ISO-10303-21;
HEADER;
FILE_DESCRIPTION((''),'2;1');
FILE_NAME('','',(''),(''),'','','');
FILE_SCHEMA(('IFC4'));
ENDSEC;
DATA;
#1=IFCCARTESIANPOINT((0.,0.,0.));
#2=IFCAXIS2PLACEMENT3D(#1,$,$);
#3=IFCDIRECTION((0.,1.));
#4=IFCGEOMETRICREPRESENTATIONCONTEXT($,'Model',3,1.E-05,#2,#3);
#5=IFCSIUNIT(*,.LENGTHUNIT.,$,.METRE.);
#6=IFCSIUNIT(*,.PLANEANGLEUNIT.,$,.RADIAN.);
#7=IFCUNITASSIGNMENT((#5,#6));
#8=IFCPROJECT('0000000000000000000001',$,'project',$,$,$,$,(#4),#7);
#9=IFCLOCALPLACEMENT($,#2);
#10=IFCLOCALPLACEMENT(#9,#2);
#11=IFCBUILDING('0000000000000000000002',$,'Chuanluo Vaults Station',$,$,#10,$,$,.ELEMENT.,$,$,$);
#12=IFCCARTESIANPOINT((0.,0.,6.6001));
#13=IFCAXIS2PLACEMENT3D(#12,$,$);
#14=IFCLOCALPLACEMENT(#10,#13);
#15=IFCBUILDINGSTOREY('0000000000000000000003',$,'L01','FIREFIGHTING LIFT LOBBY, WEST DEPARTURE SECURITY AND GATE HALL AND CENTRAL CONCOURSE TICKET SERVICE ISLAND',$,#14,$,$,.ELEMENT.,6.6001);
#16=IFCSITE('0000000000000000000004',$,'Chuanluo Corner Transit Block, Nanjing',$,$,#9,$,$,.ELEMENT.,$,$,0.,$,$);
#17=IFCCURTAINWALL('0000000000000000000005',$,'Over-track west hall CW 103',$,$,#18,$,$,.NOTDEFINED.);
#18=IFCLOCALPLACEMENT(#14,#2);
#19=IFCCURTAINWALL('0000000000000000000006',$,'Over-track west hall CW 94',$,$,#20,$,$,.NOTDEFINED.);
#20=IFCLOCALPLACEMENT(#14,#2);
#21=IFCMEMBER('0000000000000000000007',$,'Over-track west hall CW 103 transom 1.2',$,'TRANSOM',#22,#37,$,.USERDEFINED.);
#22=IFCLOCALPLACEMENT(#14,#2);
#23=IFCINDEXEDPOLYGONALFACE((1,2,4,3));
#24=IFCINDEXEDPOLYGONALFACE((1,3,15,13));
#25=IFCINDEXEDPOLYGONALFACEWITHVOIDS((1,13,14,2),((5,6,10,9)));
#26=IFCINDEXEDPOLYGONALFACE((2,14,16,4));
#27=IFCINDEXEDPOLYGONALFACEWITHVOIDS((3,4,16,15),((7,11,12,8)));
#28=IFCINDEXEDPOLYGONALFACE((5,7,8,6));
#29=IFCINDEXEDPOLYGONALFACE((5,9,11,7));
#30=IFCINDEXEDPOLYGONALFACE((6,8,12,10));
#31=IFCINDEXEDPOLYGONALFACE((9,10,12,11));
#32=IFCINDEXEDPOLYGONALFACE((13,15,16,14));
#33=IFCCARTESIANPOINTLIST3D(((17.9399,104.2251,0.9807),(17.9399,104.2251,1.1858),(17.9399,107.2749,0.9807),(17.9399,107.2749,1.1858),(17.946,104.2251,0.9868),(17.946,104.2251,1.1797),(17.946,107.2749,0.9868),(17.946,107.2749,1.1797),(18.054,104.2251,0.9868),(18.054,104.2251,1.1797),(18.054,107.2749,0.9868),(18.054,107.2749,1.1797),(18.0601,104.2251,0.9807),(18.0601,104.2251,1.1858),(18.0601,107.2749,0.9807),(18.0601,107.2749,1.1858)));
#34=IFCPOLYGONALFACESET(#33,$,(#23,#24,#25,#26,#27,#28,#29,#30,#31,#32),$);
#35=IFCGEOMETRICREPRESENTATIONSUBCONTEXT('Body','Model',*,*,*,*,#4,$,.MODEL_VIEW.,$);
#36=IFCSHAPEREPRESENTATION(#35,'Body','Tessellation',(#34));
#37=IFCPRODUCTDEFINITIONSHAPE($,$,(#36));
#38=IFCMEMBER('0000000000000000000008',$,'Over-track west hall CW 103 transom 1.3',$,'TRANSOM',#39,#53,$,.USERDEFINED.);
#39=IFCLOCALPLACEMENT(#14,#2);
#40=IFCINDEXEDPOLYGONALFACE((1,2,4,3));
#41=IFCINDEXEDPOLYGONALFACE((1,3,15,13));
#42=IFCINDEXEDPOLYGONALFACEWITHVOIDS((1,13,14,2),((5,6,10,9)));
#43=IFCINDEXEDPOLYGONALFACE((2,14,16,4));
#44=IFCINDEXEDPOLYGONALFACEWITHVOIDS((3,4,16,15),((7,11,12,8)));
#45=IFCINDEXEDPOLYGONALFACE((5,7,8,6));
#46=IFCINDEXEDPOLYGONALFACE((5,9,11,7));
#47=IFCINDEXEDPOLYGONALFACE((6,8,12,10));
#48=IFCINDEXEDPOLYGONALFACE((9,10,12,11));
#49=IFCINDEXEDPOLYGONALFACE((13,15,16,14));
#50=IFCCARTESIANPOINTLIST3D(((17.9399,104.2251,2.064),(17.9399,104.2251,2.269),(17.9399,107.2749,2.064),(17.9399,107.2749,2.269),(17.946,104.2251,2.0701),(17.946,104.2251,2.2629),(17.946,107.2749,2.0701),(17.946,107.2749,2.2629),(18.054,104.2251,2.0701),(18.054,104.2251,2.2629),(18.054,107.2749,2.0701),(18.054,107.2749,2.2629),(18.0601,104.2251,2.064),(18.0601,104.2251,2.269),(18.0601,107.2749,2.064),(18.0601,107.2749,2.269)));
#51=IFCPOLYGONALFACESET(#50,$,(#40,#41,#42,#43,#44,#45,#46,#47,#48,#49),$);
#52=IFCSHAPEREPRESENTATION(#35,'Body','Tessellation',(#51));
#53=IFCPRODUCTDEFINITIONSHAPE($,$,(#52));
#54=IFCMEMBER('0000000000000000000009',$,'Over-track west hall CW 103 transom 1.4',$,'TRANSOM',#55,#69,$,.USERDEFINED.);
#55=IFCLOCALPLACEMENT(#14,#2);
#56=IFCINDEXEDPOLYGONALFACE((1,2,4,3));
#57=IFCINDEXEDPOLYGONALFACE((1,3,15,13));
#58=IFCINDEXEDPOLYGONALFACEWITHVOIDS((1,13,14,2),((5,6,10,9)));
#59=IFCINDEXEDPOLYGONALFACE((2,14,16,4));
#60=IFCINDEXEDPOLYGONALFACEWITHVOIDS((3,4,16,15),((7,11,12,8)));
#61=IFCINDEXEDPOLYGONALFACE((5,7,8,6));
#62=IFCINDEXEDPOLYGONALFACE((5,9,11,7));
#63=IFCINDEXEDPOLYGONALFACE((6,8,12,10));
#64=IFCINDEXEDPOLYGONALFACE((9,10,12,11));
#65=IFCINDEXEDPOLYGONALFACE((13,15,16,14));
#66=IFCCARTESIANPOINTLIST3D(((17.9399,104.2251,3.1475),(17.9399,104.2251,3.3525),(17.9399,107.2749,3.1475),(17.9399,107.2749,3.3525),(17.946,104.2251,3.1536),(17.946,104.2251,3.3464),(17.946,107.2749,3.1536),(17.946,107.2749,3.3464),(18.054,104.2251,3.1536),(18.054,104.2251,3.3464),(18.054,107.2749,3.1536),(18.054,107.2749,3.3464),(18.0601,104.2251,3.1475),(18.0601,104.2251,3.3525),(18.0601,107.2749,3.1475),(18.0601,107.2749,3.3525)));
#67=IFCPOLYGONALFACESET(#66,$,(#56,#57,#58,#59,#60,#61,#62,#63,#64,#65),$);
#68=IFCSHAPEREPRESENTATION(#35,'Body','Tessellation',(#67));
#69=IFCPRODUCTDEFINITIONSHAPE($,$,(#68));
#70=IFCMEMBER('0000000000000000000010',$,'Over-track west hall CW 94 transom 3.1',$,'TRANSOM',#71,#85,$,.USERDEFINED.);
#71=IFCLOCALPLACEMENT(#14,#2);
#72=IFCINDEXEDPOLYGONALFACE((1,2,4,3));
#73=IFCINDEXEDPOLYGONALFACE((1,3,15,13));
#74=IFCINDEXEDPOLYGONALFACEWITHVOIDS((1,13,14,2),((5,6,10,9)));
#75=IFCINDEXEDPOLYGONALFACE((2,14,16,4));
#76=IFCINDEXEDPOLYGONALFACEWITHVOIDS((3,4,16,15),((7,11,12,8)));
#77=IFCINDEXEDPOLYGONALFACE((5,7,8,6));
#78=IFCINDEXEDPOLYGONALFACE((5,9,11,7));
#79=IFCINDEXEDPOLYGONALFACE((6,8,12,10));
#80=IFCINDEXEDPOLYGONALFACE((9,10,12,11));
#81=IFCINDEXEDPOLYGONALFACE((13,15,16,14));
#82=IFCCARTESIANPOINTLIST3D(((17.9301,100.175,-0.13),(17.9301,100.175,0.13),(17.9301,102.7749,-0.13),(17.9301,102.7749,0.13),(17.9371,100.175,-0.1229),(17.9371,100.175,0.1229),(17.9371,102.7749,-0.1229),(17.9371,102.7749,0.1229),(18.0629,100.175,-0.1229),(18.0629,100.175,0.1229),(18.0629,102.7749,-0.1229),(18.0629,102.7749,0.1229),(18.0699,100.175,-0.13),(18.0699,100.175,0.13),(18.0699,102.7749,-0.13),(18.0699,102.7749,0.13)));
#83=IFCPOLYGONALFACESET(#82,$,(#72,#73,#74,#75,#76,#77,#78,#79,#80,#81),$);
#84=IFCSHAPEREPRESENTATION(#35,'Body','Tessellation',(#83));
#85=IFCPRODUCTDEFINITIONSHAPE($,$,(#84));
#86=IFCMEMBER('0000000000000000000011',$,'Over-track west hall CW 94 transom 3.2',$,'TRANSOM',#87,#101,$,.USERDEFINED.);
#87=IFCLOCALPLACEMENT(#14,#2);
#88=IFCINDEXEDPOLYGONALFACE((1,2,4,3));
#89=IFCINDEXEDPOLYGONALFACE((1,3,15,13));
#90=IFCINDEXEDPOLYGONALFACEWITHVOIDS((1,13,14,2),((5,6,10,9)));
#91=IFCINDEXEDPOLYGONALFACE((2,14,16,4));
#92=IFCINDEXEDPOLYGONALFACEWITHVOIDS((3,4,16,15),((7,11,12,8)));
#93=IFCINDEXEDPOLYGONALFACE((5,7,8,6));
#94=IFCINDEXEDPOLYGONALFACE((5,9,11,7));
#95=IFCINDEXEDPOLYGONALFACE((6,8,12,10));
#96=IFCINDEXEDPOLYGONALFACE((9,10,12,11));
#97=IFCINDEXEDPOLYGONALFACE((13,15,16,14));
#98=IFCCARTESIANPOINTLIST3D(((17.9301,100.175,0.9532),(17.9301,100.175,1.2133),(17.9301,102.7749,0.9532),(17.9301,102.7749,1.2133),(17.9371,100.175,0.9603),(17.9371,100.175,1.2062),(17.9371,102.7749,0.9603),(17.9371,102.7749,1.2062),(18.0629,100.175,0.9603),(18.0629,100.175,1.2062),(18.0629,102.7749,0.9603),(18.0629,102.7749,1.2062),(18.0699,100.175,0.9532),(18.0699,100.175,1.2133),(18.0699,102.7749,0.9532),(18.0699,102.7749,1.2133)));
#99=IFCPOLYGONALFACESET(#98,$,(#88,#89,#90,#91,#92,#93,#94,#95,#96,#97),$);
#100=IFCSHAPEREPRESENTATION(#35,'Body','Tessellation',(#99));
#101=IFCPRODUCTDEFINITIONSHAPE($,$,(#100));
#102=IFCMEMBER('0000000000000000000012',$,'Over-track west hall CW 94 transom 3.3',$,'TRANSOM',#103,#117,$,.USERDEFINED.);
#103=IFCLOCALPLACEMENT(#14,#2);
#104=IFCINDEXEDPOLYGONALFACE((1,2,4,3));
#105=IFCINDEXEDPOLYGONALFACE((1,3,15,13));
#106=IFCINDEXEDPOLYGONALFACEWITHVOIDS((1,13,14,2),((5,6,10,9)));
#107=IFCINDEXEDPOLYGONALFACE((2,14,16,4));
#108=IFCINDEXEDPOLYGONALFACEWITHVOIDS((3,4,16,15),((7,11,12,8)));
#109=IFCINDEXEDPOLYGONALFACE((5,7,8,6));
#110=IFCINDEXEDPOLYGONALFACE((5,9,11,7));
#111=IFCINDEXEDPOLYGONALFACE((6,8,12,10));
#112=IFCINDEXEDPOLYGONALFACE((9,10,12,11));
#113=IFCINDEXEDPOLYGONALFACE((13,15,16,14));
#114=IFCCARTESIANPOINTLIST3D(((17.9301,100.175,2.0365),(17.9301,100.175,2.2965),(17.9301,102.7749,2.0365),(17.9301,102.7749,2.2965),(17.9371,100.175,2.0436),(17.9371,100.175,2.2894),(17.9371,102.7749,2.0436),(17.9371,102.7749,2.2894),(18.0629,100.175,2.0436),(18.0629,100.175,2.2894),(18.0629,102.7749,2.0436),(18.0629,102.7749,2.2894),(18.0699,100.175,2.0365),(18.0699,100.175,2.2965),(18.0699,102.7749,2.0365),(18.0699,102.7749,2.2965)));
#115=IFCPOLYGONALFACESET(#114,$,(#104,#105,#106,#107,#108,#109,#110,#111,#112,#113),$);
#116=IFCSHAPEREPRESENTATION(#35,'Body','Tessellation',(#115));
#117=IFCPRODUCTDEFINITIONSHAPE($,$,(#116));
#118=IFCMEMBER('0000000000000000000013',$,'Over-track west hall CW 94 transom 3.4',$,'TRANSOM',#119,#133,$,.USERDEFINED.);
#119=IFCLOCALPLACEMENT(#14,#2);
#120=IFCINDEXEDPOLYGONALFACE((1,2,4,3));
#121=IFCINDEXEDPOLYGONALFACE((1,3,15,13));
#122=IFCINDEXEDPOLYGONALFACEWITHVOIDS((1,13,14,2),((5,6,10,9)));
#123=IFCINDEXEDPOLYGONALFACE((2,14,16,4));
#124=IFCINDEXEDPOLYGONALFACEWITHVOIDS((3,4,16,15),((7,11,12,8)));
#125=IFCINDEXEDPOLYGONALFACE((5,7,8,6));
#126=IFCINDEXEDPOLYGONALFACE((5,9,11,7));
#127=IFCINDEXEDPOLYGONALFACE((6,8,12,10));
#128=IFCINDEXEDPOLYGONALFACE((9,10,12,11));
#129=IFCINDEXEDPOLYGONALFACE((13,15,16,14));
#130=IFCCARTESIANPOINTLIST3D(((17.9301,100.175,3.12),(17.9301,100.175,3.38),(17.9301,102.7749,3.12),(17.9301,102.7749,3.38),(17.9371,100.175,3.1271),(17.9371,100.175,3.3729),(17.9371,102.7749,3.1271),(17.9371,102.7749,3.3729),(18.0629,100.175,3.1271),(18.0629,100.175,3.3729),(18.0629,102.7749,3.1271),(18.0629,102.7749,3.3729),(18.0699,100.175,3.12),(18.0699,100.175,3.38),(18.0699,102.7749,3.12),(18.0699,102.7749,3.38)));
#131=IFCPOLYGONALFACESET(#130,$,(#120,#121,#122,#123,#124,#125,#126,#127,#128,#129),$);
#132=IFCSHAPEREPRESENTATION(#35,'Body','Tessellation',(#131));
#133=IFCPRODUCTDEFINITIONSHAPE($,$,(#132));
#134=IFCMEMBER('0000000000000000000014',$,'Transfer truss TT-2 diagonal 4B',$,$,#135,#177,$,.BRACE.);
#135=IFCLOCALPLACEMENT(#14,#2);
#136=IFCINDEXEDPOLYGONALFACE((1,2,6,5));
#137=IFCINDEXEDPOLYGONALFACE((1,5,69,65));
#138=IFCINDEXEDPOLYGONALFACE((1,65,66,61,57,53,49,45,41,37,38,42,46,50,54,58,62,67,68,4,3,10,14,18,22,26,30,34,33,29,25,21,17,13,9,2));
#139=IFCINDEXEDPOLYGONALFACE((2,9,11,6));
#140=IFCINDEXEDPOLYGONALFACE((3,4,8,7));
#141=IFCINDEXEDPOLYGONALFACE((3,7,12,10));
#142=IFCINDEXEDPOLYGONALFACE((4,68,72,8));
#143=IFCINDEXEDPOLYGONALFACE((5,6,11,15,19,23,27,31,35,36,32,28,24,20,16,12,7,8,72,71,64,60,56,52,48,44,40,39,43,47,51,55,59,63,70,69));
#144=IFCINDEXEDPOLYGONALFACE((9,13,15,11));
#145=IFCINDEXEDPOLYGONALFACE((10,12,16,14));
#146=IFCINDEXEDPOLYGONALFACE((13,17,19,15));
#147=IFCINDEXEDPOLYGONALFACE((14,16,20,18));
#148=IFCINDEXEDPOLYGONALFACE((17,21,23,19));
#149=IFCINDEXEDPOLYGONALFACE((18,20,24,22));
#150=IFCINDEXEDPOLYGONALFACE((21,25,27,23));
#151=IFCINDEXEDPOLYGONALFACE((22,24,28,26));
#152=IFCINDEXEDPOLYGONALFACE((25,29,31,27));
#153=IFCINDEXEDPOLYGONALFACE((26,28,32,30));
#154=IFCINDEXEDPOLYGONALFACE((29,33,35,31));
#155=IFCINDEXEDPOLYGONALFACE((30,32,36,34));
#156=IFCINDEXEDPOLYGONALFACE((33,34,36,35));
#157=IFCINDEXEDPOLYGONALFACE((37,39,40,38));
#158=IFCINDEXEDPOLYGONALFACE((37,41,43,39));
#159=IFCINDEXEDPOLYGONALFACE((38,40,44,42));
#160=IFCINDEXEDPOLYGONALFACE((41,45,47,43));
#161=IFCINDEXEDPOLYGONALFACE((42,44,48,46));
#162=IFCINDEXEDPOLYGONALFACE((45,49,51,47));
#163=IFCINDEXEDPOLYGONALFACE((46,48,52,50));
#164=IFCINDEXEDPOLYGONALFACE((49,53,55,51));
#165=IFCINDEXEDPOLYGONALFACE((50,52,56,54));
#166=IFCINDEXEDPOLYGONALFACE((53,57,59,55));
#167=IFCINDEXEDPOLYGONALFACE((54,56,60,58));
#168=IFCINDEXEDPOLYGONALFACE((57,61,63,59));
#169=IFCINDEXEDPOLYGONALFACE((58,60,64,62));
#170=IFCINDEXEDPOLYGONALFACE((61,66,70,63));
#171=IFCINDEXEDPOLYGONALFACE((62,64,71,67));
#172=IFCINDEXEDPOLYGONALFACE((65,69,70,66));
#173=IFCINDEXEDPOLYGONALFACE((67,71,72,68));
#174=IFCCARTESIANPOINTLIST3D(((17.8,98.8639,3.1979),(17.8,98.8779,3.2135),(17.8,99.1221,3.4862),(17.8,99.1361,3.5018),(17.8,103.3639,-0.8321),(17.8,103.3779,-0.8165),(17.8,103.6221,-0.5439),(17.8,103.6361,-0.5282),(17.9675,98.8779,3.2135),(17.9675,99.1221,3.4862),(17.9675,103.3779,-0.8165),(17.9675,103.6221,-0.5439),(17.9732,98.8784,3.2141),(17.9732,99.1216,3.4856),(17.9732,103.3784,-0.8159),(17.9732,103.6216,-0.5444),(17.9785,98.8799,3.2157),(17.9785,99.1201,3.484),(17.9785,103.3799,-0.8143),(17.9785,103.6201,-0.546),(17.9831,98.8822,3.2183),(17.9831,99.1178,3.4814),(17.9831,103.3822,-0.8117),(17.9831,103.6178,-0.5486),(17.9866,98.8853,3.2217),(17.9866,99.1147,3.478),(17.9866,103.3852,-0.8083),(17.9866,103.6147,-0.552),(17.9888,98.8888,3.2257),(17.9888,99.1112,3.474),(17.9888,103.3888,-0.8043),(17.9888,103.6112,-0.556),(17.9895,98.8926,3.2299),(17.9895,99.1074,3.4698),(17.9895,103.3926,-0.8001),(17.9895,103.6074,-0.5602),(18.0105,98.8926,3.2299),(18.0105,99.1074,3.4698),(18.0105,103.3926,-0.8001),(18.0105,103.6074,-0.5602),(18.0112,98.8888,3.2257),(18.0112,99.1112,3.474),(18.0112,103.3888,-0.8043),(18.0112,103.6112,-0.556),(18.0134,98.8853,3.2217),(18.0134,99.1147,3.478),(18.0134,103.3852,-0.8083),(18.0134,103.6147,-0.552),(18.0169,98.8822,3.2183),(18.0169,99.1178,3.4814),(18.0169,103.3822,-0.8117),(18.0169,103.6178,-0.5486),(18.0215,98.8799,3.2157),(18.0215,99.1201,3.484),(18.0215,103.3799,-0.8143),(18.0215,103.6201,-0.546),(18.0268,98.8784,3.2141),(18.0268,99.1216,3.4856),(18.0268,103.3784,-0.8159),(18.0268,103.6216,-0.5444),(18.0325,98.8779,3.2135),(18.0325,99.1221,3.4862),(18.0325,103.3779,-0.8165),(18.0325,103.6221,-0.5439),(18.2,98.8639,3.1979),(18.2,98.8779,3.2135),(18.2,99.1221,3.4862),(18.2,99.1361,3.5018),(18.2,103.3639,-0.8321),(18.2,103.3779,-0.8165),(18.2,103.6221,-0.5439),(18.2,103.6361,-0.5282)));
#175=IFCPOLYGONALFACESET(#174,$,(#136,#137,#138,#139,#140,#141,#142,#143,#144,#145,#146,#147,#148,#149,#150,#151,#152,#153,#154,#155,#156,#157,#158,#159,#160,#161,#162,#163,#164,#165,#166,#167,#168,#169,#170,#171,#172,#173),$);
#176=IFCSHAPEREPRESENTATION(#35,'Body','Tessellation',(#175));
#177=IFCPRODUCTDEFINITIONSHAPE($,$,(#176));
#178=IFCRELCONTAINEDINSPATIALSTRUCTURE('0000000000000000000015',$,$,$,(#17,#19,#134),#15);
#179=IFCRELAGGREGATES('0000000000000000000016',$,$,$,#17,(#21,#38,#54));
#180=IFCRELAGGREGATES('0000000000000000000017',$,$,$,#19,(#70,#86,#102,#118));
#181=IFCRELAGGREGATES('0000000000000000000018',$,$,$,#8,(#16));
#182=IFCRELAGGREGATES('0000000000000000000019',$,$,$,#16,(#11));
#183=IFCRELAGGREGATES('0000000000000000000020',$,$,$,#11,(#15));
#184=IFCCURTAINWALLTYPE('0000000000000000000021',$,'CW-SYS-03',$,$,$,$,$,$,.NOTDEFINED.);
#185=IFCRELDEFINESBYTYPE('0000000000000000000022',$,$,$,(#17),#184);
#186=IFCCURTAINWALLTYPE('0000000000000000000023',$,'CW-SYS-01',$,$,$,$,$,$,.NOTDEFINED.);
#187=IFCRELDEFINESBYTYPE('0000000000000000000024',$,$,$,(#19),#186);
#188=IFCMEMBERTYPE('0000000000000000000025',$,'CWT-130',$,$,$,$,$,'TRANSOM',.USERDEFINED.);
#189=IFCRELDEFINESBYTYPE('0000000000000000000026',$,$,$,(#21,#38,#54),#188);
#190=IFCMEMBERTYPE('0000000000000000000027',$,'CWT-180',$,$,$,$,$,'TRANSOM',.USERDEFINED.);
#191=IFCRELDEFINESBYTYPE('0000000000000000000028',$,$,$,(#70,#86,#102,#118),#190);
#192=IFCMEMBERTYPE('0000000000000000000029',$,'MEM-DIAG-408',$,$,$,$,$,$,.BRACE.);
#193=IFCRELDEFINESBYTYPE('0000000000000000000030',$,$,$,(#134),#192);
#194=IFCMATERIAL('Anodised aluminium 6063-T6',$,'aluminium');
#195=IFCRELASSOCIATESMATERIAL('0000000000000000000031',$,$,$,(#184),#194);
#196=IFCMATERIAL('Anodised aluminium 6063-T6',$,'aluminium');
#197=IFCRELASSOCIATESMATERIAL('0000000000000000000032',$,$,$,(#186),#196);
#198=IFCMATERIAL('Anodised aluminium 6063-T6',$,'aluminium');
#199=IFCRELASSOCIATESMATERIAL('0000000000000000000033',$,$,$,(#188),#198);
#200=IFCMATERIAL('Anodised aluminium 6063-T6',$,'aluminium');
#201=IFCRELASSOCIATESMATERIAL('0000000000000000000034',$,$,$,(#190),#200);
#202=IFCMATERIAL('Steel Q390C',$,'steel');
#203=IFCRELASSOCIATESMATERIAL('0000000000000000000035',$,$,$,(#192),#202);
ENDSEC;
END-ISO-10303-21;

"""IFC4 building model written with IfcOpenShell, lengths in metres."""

from ifc_helpers import new_model, si_unit, direction, frame, origin, origin_2d, place, context, subcontext, project, spatial, hollow_rectangle, i_section, extrude, material, material_profile, profile_set, type_object, element, aggregate, save


model = new_model("IFC4")

# Units and contexts
model_context = context("Model", 3, precision=1e-05, world=origin(), true_north=direction((0.0, 1.0)))
body_context = subcontext(model_context, "Body", "Model", "MODEL_VIEW")
ifc_project = project(units=[si_unit("LENGTHUNIT", "METRE"), si_unit("PLANEANGLEUNIT", "RADIAN")], contexts=[model_context])

# Site, building, storey
site_placement = place(None, origin())
site = spatial("IfcSite", under=ifc_project, at=site_placement, Name="Chuanluo Corner Transit Block, Nanjing", CompositionType="ELEMENT", RefElevation=0.0)
building_placement = place(site_placement, origin())
building = spatial("IfcBuilding", under=site, at=building_placement, Name="Chuanluo Vaults Station", CompositionType="ELEMENT")
storey_placement = place(building_placement, frame((0.0, 0.0, 6.6001)))
storey = spatial("IfcBuildingStorey", under=building, at=storey_placement, Name="L01", Description="FIREFIGHTING LIFT LOBBY, WEST DEPARTURE SECURITY AND GATE HALL AND CENTRAL CONCOURSE TICKET SERVICE ISLAND", CompositionType="ELEMENT", Elevation=6.6001)

# Curtain wall
ifc_material_1 = material(Name="Anodised aluminium 6063-T6", Category="aluminium")
curtain_wall_type_1 = type_object("IfcCurtainWallType", Name="CW-SYS-03", PredefinedType="NOTDEFINED", material=ifc_material_1)
curtain_wall_1_placement = place(storey_placement, origin())
curtain_wall_1 = element("IfcCurtainWall", 1, at=curtain_wall_1_placement, inside=storey, type_object=curtain_wall_type_1, Name="Over-track west hall CW 103", PredefinedType="NOTDEFINED")

# Curtain wall
ifc_material_2 = material(Name="Anodised aluminium 6063-T6", Category="aluminium")
curtain_wall_type_2 = type_object("IfcCurtainWallType", Name="CW-SYS-01", PredefinedType="NOTDEFINED", material=ifc_material_2)
curtain_wall_2_placement = place(storey_placement, origin())
curtain_wall_2 = element("IfcCurtainWall", 2, at=curtain_wall_2_placement, inside=storey, type_object=curtain_wall_type_2, Name="Over-track west hall CW 94", PredefinedType="NOTDEFINED")

# Members
ifc_material_3 = material(Name="Anodised aluminium 6063-T6", Category="aluminium")
ifc_material_profile_1 = material_profile(ifc_material_3, hollow_rectangle(XDim=0.1201, YDim=0.2051, WallThickness=0.0061, at=origin_2d()))
ifc_profile_set_1 = profile_set([ifc_material_profile_1], Name="Anodised aluminium 6063-T6")
member_type_1 = type_object("IfcMemberType", Name="CWT-130", ElementType="TRANSOM", PredefinedType="USERDEFINED", material=ifc_profile_set_1)
member_1_placement = place(storey_placement, frame((18.0, 104.2251, 1.0833), z_axis=(0.0, 1.0, 0.0), x_axis=(-1.0, 0.0, 0.0)))
member_1 = element("IfcMember", 3, at=member_1_placement, type_object=member_type_1, Name="Over-track west hall CW 103 transom 1.2", ObjectType="TRANSOM", PredefinedType="USERDEFINED", context=body_context, shape_type="SweptSolid", body=[
    extrude(hollow_rectangle(XDim=0.1201, YDim=0.2051, WallThickness=0.0061, at=origin_2d()), origin(), (0.0, 0.0, 1.0), 3.0498),
])
member_2_placement = place(storey_placement, frame((18.0, 104.2251, 2.1665), z_axis=(0.0, 1.0, 0.0), x_axis=(-1.0, 0.0, 0.0)))
member_2 = element("IfcMember", 4, at=member_2_placement, type_object=member_type_1, Name="Over-track west hall CW 103 transom 1.3", ObjectType="TRANSOM", PredefinedType="USERDEFINED", context=body_context, shape_type="SweptSolid", body=[
    extrude(hollow_rectangle(XDim=0.1201, YDim=0.2051, WallThickness=0.0061, at=origin_2d()), origin(), (0.0, 0.0, 1.0), 3.0498),
])
member_3_placement = place(storey_placement, frame((18.0, 104.2251, 3.25), z_axis=(0.0, 1.0, 0.0), x_axis=(-1.0, 0.0, 0.0)))
member_3 = element("IfcMember", 5, at=member_3_placement, type_object=member_type_1, Name="Over-track west hall CW 103 transom 1.4", ObjectType="TRANSOM", PredefinedType="USERDEFINED", context=body_context, shape_type="SweptSolid", body=[
    extrude(hollow_rectangle(XDim=0.1201, YDim=0.2051, WallThickness=0.0061, at=origin_2d()), origin(), (0.0, 0.0, 1.0), 3.0498),
])
ifc_material_4 = material(Name="Anodised aluminium 6063-T6", Category="aluminium")
ifc_material_profile_2 = material_profile(ifc_material_4, hollow_rectangle(XDim=0.1399, YDim=0.26, WallThickness=0.0071, at=origin_2d()))
ifc_profile_set_2 = profile_set([ifc_material_profile_2], Name="Anodised aluminium 6063-T6")
member_type_2 = type_object("IfcMemberType", Name="CWT-180", ElementType="TRANSOM", PredefinedType="USERDEFINED", material=ifc_profile_set_2)
member_4_placement = place(storey_placement, frame((18.0, 100.175, 0.0), z_axis=(0.0, 1.0, 0.0), x_axis=(-1.0, 0.0, 0.0)))
member_4 = element("IfcMember", 6, at=member_4_placement, type_object=member_type_2, Name="Over-track west hall CW 94 transom 3.1", ObjectType="TRANSOM", PredefinedType="USERDEFINED", context=body_context, shape_type="SweptSolid", body=[
    extrude(hollow_rectangle(XDim=0.1399, YDim=0.26, WallThickness=0.0071, at=origin_2d()), origin(), (0.0, 0.0, 1.0), 2.5999),
])
member_5_placement = place(storey_placement, frame((18.0, 100.175, 1.0833), z_axis=(0.0, 1.0, 0.0), x_axis=(-1.0, 0.0, 0.0)))
member_5 = element("IfcMember", 7, at=member_5_placement, type_object=member_type_2, Name="Over-track west hall CW 94 transom 3.2", ObjectType="TRANSOM", PredefinedType="USERDEFINED", context=body_context, shape_type="SweptSolid", body=[
    extrude(hollow_rectangle(XDim=0.1399, YDim=0.26, WallThickness=0.0071, at=origin_2d()), origin(), (0.0, 0.0, 1.0), 2.5999),
])
member_6_placement = place(storey_placement, frame((18.0, 100.175, 2.1665), z_axis=(0.0, 1.0, 0.0), x_axis=(-1.0, 0.0, 0.0)))
member_6 = element("IfcMember", 8, at=member_6_placement, type_object=member_type_2, Name="Over-track west hall CW 94 transom 3.3", ObjectType="TRANSOM", PredefinedType="USERDEFINED", context=body_context, shape_type="SweptSolid", body=[
    extrude(hollow_rectangle(XDim=0.1399, YDim=0.26, WallThickness=0.0071, at=origin_2d()), origin(), (0.0, 0.0, 1.0), 2.5999),
])
member_7_placement = place(storey_placement, frame((18.0, 100.175, 3.25), z_axis=(0.0, 1.0, 0.0), x_axis=(-1.0, 0.0, 0.0)))
member_7 = element("IfcMember", 9, at=member_7_placement, type_object=member_type_2, Name="Over-track west hall CW 94 transom 3.4", ObjectType="TRANSOM", PredefinedType="USERDEFINED", context=body_context, shape_type="SweptSolid", body=[
    extrude(hollow_rectangle(XDim=0.1399, YDim=0.26, WallThickness=0.0071, at=origin_2d()), origin(), (0.0, 0.0, 1.0), 2.5999),
])

# Member
ifc_material_5 = material(Name="Steel Q390C", Category="steel")
ifc_material_profile_3 = material_profile(ifc_material_5, i_section(OverallWidth=0.3999, OverallDepth=0.408, WebThickness=0.021, FlangeThickness=0.021, FilletRadius=0.022, at=origin_2d()))
ifc_profile_set_3 = profile_set([ifc_material_profile_3], Name="Steel Q390C")
member_type_3 = type_object("IfcMemberType", Name="MEM-DIAG-408", PredefinedType="BRACE", material=ifc_profile_set_3)
member_8_placement = place(storey_placement, frame((18.0, 99.0, 3.3499), z_axis=(0.0, 0.744936, -0.667136), x_axis=(-1.0, 0.0, 0.0)))
element("IfcMember", 10, at=member_8_placement, inside=storey, type_object=member_type_3, Name="Transfer truss TT-2 diagonal 4B", PredefinedType="BRACE", context=body_context, shape_type="SweptSolid", body=[
    extrude(i_section(OverallWidth=0.3999, OverallDepth=0.408, WebThickness=0.021, FlangeThickness=0.021, FilletRadius=0.022, at=origin_2d()), origin(), (0.0, 0.0, 1.0), 6.0408),
])

aggregate(curtain_wall_1, [member_1, member_2, member_3])
aggregate(curtain_wall_2, [member_4, member_5, member_6, member_7])

save(model, "model.ifc")
